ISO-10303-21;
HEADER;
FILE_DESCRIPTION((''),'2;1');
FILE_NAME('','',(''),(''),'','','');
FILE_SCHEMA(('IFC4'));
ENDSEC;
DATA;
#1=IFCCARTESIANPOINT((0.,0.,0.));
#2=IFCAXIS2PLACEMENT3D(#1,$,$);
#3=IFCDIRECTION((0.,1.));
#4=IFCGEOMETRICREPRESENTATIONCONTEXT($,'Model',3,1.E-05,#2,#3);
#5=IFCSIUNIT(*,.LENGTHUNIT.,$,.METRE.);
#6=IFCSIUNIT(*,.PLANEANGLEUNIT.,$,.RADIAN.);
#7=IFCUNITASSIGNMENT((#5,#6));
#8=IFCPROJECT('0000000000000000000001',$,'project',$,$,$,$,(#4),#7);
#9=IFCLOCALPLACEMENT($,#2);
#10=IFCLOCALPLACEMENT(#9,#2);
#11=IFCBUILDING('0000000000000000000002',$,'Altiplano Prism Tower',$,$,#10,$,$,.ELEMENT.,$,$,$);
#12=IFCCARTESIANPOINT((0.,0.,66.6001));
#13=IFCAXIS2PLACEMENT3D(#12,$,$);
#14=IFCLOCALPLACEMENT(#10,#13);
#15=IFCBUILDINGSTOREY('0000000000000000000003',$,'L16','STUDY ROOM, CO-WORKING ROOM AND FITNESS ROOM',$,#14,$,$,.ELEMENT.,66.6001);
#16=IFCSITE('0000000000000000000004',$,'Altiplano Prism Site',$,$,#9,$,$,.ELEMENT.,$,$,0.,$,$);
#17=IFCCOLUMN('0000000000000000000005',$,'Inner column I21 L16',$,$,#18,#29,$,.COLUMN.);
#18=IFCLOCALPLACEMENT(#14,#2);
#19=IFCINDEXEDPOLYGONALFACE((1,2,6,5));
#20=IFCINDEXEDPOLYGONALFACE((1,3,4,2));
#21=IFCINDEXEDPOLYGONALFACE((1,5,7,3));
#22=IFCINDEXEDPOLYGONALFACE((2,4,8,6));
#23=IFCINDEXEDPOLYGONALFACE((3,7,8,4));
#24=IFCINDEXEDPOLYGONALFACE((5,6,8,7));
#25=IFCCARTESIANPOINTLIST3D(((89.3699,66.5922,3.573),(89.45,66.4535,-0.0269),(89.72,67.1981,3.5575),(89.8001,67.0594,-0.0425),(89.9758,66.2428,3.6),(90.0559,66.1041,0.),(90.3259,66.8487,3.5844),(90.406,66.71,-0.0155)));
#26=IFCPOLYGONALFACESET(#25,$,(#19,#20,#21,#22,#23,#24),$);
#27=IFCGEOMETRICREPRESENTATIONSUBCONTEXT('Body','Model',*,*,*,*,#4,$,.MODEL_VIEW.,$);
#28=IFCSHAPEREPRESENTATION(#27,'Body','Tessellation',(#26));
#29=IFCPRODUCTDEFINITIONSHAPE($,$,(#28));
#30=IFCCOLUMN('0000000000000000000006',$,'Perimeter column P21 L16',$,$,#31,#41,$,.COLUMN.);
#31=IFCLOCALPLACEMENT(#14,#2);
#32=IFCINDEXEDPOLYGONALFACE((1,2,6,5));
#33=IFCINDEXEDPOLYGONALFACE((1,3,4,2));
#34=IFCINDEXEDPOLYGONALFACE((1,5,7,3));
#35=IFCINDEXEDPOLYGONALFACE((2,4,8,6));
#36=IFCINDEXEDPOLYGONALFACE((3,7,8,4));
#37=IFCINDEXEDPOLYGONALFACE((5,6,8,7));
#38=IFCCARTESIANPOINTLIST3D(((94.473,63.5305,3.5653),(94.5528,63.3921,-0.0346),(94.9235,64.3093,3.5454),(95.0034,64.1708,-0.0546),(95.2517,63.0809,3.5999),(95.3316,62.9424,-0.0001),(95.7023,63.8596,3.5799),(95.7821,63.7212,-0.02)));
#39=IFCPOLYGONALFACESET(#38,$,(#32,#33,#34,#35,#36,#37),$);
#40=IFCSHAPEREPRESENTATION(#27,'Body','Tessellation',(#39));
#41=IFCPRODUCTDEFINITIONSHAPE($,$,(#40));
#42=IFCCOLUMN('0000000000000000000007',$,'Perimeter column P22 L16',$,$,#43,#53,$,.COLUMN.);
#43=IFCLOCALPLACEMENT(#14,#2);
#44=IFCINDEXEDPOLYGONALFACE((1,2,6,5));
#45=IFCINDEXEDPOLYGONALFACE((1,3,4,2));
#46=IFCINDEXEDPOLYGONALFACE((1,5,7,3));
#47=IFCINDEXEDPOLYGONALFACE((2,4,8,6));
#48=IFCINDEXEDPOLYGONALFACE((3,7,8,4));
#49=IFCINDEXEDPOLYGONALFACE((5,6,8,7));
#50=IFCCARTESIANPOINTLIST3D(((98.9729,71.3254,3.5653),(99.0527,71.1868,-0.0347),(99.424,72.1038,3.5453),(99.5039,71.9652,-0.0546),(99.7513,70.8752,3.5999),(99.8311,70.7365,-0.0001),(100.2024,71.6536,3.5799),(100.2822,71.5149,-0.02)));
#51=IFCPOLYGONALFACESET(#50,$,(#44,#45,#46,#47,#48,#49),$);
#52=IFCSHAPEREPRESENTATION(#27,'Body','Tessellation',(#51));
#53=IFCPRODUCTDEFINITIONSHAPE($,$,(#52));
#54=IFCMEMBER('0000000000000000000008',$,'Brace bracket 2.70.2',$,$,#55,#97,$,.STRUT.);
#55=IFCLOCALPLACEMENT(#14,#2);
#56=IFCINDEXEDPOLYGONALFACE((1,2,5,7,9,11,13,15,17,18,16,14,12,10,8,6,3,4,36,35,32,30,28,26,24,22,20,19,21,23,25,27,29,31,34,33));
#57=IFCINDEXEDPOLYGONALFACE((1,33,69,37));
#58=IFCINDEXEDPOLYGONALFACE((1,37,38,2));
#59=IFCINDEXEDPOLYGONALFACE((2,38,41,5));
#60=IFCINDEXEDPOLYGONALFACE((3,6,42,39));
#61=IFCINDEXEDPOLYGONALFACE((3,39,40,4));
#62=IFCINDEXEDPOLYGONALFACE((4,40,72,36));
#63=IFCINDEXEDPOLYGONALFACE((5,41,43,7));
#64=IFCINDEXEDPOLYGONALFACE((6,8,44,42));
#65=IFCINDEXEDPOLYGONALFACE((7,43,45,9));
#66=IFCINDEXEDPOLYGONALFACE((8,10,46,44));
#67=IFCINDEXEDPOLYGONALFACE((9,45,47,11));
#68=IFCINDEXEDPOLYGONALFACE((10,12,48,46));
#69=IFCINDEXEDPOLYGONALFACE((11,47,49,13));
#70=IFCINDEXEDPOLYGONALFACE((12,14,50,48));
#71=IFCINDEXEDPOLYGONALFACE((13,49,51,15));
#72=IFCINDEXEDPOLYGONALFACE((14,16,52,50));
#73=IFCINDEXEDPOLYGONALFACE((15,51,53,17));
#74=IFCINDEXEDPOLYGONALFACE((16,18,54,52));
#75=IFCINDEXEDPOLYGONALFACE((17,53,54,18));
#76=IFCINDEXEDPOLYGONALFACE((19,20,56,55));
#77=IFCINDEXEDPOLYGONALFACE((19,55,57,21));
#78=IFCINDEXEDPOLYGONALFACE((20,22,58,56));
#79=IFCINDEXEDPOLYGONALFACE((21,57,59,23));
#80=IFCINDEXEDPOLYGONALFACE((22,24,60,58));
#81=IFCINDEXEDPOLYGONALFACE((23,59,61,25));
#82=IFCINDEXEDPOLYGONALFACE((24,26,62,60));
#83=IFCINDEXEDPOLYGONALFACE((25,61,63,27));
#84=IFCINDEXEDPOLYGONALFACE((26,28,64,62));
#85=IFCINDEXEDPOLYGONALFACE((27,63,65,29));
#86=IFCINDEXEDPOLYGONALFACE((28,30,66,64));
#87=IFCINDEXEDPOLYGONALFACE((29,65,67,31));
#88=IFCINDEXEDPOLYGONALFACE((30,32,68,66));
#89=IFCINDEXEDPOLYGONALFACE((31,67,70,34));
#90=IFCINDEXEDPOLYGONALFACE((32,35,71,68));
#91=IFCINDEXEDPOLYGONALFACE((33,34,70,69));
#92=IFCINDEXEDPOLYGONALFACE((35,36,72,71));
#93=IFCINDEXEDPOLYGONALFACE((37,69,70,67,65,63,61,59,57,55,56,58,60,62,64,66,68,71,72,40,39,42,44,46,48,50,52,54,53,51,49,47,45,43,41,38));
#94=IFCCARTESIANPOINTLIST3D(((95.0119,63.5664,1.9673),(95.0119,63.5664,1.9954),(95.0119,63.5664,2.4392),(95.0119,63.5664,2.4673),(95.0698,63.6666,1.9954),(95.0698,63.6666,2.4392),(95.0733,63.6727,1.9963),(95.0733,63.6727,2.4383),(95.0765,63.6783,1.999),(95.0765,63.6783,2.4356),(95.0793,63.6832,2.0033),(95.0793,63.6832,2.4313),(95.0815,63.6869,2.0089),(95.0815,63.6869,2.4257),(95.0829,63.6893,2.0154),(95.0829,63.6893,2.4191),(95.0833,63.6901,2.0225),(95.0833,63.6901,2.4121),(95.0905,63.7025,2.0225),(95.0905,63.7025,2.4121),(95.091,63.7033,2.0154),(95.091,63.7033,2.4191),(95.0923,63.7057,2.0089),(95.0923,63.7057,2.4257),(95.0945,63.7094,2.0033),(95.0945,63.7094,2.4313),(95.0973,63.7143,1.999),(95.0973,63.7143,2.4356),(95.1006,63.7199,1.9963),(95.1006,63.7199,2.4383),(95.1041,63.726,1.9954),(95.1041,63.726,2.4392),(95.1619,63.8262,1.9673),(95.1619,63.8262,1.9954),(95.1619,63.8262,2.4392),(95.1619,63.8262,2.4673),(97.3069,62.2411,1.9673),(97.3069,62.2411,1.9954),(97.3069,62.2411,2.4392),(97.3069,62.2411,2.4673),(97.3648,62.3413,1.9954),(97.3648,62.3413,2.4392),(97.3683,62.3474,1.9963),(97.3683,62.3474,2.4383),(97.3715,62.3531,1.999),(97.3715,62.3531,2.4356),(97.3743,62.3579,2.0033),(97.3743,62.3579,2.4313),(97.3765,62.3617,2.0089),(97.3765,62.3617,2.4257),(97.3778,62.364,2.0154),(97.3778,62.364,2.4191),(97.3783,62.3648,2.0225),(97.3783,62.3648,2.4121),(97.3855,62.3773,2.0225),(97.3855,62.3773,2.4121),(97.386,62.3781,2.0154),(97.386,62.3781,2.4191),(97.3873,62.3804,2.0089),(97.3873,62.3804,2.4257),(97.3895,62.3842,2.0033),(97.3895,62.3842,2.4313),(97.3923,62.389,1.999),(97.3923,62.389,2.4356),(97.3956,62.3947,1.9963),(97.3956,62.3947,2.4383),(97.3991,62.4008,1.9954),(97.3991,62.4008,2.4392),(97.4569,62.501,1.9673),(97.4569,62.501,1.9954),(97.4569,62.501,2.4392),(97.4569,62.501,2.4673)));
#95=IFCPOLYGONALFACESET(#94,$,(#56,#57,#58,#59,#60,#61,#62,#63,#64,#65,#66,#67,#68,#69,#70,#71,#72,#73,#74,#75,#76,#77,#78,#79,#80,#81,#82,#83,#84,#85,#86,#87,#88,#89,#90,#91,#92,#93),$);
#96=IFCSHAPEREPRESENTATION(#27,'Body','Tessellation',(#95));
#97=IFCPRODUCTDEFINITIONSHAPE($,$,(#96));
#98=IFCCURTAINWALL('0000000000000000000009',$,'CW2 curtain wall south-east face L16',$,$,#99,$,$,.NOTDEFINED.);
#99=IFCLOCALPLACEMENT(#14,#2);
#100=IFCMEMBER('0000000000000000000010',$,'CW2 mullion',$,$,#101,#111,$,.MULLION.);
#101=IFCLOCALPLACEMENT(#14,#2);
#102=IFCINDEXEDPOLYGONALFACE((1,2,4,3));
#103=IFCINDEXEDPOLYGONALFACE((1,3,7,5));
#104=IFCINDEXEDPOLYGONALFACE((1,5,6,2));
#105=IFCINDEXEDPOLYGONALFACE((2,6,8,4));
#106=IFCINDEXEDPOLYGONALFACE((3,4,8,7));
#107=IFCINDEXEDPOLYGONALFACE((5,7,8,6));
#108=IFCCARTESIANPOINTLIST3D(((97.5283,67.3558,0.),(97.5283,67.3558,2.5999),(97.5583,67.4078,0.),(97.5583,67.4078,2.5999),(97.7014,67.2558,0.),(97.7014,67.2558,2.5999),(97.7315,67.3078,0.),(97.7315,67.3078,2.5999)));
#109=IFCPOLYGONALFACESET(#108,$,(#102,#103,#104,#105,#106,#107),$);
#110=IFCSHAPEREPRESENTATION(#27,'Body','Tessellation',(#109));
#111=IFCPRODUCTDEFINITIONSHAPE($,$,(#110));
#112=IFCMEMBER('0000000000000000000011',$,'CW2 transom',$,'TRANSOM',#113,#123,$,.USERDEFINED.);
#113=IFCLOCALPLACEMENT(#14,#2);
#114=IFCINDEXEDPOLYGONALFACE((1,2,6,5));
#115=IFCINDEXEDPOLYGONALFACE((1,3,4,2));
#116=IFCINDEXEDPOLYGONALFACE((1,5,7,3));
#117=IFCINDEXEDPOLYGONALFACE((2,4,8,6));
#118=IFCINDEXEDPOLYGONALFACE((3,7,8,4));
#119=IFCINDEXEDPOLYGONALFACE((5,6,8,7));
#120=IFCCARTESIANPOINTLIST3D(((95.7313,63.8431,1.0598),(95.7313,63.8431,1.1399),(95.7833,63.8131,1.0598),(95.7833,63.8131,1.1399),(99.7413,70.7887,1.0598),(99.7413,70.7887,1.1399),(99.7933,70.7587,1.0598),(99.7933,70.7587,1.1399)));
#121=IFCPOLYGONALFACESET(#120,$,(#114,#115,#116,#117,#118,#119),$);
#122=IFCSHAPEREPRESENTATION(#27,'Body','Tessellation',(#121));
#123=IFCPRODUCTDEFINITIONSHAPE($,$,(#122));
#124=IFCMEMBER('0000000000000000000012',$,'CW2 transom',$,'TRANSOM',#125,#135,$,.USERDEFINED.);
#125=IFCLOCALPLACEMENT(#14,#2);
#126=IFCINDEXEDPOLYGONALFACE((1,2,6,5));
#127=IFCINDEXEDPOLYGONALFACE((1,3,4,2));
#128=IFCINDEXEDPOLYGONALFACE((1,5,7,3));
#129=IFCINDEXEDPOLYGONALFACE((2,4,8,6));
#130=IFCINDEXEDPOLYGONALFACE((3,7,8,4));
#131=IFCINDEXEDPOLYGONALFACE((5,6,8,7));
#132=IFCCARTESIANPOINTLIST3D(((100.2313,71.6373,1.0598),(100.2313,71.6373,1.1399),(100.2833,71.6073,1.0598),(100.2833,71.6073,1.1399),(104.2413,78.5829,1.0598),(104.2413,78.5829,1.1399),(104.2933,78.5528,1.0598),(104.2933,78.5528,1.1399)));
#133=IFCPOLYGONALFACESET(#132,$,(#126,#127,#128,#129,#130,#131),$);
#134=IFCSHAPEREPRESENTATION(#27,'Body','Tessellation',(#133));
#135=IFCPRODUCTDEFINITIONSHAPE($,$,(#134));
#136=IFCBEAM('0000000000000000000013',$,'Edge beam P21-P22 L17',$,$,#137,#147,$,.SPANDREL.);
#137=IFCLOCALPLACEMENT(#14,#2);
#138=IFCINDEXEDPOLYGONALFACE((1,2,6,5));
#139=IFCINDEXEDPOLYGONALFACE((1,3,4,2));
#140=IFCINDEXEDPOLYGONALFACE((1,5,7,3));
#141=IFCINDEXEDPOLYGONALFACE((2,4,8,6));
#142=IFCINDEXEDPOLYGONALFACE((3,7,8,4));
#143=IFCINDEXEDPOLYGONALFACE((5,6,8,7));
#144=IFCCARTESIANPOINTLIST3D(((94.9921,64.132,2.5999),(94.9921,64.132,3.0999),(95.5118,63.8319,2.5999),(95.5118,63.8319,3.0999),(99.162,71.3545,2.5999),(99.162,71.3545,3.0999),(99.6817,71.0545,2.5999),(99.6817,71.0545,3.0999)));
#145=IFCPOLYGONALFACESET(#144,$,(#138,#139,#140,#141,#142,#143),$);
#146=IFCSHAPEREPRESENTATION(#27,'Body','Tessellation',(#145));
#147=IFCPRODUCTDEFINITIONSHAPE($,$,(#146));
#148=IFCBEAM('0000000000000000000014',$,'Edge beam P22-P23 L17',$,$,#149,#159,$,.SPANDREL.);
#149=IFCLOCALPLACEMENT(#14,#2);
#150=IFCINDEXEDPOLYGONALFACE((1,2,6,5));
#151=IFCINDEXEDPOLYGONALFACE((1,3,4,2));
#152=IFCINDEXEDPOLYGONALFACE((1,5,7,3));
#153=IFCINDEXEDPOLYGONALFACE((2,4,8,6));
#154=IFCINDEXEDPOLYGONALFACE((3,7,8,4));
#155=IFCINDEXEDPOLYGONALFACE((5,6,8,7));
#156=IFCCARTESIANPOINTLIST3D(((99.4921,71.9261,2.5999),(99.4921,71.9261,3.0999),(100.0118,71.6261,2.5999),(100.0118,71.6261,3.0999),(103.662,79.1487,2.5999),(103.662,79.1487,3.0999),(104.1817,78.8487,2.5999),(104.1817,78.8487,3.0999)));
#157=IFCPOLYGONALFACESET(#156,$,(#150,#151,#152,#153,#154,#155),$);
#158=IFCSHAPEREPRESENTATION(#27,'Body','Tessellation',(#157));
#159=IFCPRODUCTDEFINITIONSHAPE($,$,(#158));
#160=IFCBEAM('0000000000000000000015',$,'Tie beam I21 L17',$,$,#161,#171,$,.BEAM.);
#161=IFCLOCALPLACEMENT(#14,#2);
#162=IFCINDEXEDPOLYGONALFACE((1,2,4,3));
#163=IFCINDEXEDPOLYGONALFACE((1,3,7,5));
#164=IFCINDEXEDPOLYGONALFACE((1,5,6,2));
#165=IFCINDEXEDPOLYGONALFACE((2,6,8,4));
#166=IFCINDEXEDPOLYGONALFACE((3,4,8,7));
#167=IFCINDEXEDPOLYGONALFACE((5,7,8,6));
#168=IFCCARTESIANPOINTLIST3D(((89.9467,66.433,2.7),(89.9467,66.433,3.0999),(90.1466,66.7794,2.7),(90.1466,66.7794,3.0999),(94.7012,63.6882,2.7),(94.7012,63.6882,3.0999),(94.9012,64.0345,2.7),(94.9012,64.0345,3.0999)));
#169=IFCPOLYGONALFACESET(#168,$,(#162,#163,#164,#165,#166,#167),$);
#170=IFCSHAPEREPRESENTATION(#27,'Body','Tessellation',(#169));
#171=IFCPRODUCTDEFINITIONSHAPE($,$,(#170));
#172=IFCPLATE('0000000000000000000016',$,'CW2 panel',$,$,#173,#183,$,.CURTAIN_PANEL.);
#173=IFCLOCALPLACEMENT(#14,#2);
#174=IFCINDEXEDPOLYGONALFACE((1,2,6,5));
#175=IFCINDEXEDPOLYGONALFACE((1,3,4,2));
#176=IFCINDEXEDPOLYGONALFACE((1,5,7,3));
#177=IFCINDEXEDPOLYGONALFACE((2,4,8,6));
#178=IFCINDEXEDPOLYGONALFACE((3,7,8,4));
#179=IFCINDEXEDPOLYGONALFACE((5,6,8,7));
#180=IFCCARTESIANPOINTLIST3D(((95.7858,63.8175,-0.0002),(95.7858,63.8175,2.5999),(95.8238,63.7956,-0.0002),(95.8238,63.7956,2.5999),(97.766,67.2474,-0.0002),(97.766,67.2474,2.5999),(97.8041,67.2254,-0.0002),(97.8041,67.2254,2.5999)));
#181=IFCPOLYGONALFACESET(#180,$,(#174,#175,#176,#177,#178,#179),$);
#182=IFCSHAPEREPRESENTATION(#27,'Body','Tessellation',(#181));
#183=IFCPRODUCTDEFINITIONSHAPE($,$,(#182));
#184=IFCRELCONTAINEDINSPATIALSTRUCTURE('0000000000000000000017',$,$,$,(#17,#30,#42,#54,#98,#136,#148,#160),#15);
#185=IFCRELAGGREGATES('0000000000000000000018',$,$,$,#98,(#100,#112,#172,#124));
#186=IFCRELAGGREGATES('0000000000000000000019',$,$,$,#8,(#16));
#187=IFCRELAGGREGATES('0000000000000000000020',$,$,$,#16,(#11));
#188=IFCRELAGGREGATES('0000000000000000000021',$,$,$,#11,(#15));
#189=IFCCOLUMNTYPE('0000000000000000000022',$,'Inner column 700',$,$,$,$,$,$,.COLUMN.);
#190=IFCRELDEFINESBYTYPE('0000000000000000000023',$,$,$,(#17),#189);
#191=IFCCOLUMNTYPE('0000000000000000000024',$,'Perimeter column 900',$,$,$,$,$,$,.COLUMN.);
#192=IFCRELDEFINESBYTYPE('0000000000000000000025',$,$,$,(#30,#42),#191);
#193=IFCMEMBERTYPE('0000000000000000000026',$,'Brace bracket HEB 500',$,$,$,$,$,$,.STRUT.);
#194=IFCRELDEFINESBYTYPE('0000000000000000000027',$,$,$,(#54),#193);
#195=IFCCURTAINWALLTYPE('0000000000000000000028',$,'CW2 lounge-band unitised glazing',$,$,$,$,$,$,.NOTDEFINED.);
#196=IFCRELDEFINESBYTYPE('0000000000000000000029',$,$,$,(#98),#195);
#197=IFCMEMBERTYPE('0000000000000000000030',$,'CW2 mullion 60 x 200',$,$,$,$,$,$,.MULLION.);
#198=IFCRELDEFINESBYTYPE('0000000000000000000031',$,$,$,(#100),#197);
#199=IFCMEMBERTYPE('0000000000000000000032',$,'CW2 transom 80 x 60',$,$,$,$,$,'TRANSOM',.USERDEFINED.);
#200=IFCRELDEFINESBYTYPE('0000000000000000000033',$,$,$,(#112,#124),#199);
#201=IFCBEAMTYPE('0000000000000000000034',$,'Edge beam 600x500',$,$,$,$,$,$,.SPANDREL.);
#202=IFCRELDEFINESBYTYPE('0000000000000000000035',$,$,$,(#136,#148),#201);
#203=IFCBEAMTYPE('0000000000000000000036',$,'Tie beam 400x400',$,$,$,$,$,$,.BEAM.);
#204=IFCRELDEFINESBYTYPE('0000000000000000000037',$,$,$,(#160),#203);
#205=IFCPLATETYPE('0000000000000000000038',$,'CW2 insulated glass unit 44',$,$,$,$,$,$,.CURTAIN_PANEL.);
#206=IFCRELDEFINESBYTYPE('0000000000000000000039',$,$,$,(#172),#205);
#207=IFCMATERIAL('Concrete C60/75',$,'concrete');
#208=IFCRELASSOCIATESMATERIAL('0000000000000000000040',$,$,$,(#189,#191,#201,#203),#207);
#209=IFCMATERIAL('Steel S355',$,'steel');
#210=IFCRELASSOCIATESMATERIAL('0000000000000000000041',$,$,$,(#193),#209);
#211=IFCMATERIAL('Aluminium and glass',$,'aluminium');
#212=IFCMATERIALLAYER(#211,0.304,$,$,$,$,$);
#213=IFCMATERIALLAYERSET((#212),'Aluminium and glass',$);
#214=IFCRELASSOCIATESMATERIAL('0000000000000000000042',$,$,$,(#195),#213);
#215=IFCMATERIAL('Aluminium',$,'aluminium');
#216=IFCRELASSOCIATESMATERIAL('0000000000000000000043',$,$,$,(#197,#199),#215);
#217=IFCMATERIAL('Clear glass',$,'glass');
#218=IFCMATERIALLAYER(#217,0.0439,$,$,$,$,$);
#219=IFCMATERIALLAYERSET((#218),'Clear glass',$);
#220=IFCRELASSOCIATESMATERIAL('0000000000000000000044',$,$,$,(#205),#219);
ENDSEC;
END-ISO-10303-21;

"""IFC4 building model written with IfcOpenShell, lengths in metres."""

from ifc_helpers import new_model, si_unit, direction, frame, origin, origin_2d, place, context, subcontext, project, spatial, rectangle, i_section, extrude, material, layer, layer_set, material_profile, profile_set, type_object, element, aggregate, save


model = new_model("IFC4")

# Units and contexts
model_context = context("Model", 3, precision=1e-05, world=origin(), true_north=direction((0.0, 1.0)))
body_context = subcontext(model_context, "Body", "Model", "MODEL_VIEW")
ifc_project = project(units=[si_unit("LENGTHUNIT", "METRE"), si_unit("PLANEANGLEUNIT", "RADIAN")], contexts=[model_context])

# Site, building, storey
site_placement = place(None, origin())
site = spatial("IfcSite", under=ifc_project, at=site_placement, Name="Altiplano Prism Site", CompositionType="ELEMENT", RefElevation=0.0)
building_placement = place(site_placement, origin())
building = spatial("IfcBuilding", under=site, at=building_placement, Name="Altiplano Prism Tower", CompositionType="ELEMENT")
storey_placement = place(building_placement, frame((0.0, 0.0, 66.6001)))
storey = spatial("IfcBuildingStorey", under=building, at=storey_placement, Name="L16", Description="STUDY ROOM, CO-WORKING ROOM AND FITNESS ROOM", CompositionType="ELEMENT", Elevation=66.6001)

# Columns
ifc_material_1 = material(Name="Concrete C60/75", Category="concrete")
ifc_material_profile_1 = material_profile(ifc_material_1, rectangle(XDim=0.7, YDim=0.7, at=origin_2d()), Name="Inner column 700")
ifc_profile_set_1 = profile_set([ifc_material_profile_1], Name="Concrete C60/75")
column_type_1 = type_object("IfcColumnType", Name="Inner column 700", PredefinedType="COLUMN", material=ifc_profile_set_1)
column_placement = place(storey_placement, frame((89.928, 66.5818, -0.0212), z_axis=(-0.022223, 0.038483, 0.999012), x_axis=(-0.500172, -0.865641, 0.02222)))
element("IfcColumn", 1, at=column_placement, inside=storey, type_object=column_type_1, Name="Inner column I21 L16", PredefinedType="COLUMN", context=body_context, shape_type="SweptSolid", body=[
    extrude(rectangle(XDim=0.7, YDim=0.7, at=origin_2d()), origin(), (0.0, 0.0, 1.0), 3.6035),
])
ifc_material_profile_2 = material_profile(ifc_material_1, rectangle(XDim=0.8999, YDim=0.8999, at=origin_2d()), Name="Perimeter column 900")
ifc_profile_set_2 = profile_set([ifc_material_profile_2], Name="Concrete C60/75")
column_type_2 = type_object("IfcColumnType", Name="Perimeter column 900", PredefinedType="COLUMN", material=ifc_profile_set_2)
for number, where, z_axis, x_axis, name in (
    (2, (95.1675, 63.5566, -0.0273), (-0.022155, 0.038416, 0.999016), (-0.500655, -0.865363, 0.022173), "Perimeter column P21 L16"),
    (3, (99.6675, 71.3508, -0.0273), (-0.022155, 0.038484, 0.999014), (-0.501318, -0.864978, 0.022203), "Perimeter column P22 L16"),
):
    element("IfcColumn", number, at=place(storey_placement, frame(where, z_axis=z_axis, x_axis=x_axis)), inside=storey, type_object=column_type_2, Name=name, PredefinedType="COLUMN", context=body_context, shape_type="SweptSolid", body=[
        extrude(rectangle(XDim=0.8999, YDim=0.8999, at=origin_2d()), origin(), (0.0, 0.0, 1.0), 3.6035),
    ])

# Member
ifc_material_2 = material(Name="Steel S355", Category="steel")
ifc_material_profile_3 = material_profile(ifc_material_2, i_section(OverallWidth=0.3, OverallDepth=0.5, WebThickness=0.0144, FlangeThickness=0.0281, FilletRadius=0.0271, at=origin_2d()), Name="Brace bracket HEB 500")
ifc_profile_set_3 = profile_set([ifc_material_profile_3], Name="Steel S355")
member_type_1 = type_object("IfcMemberType", Name="Brace bracket HEB 500", PredefinedType="STRUT", material=ifc_profile_set_3)
member_1_placement = place(storey_placement, frame((95.0869, 63.6963, 2.2173), z_axis=(0.865989, -0.500063, 0.0), x_axis=(0.500063, 0.865989, 0.0)))
element("IfcMember", 4, at=member_1_placement, inside=storey, type_object=member_type_1, Name="Brace bracket 2.70.2", PredefinedType="STRUT", context=body_context, shape_type="SweptSolid", body=[
    extrude(i_section(OverallWidth=0.3, OverallDepth=0.5, WebThickness=0.0144, FlangeThickness=0.0281, FilletRadius=0.0271, at=origin_2d()), origin(), (0.0, 0.0, 1.0), 2.6501),
])

# Curtain wall, members
ifc_material_3 = material(Name="Aluminium and glass", Category="aluminium")
ifc_layer_1 = layer(ifc_material_3, 0.304)
ifc_layer_set_1 = layer_set([ifc_layer_1], Name="Aluminium and glass")
curtain_wall_type = type_object("IfcCurtainWallType", Name="CW2 lounge-band unitised glazing", PredefinedType="NOTDEFINED", material=ifc_layer_set_1)
curtain_wall_placement = place(storey_placement, origin())
curtain_wall = element("IfcCurtainWall", 5, at=curtain_wall_placement, inside=storey, type_object=curtain_wall_type, Name="CW2 curtain wall south-east face L16", PredefinedType="NOTDEFINED")
ifc_material_4 = material(Name="Aluminium", Category="aluminium")
ifc_material_profile_4 = material_profile(ifc_material_4, rectangle(XDim=0.2, YDim=0.0601, at=origin_2d()), Name="CW2 mullion 60 x 200")
ifc_profile_set_4 = profile_set([ifc_material_profile_4], Name="Aluminium")
member_type_2 = type_object("IfcMemberType", Name="CW2 mullion 60 x 200", PredefinedType="MULLION", material=ifc_profile_set_4)
member_2_placement = place(storey_placement, frame((97.6299, 67.3318, 0.0), z_axis=(0.0, 0.0, 1.0), x_axis=(-0.866025, 0.5, 0.0)))
member_2 = element("IfcMember", 6, at=member_2_placement, type_object=member_type_2, Name="CW2 mullion", PredefinedType="MULLION", context=body_context, shape_type="SweptSolid", body=[
    extrude(rectangle(XDim=0.2, YDim=0.0601, at=origin_2d()), origin(), (0.0, 0.0, 1.0), 2.5999),
])
ifc_material_profile_5 = material_profile(ifc_material_4, rectangle(XDim=0.0601, YDim=0.0801, at=origin_2d()), Name="CW2 transom 80 x 60")
ifc_profile_set_5 = profile_set([ifc_material_profile_5], Name="Aluminium")
member_type_3 = type_object("IfcMemberType", Name="CW2 transom 80 x 60", ElementType="TRANSOM", PredefinedType="USERDEFINED", material=ifc_profile_set_5)
member_3_placement = place(storey_placement, frame((95.7573, 63.8281, 1.0999), z_axis=(0.499999, 0.866026, 0.0), x_axis=(-0.866026, 0.499999, 0.0)))
member_3 = element("IfcMember", 7, at=member_3_placement, type_object=member_type_3, Name="CW2 transom", ObjectType="TRANSOM", PredefinedType="USERDEFINED", context=body_context, shape_type="SweptSolid", body=[
    extrude(rectangle(XDim=0.0601, YDim=0.0801, at=origin_2d()), origin(), (0.0, 0.0, 1.0), 8.02),
])
member_4_placement = place(storey_placement, frame((100.2573, 71.6223, 1.0999), z_axis=(0.499999, 0.866026, 0.0), x_axis=(-0.866026, 0.499999, 0.0)))
member_4 = element("IfcMember", 8, at=member_4_placement, type_object=member_type_3, Name="CW2 transom", ObjectType="TRANSOM", PredefinedType="USERDEFINED", context=body_context, shape_type="SweptSolid", body=[
    extrude(rectangle(XDim=0.0601, YDim=0.0801, at=origin_2d()), origin(), (0.0, 0.0, 1.0), 8.02),
])

# Beams
ifc_material_profile_6 = material_profile(ifc_material_1, rectangle(XDim=0.6001, YDim=0.5, at=origin_2d()), Name="Edge beam 600x500")
ifc_profile_set_6 = profile_set([ifc_material_profile_6], Name="Concrete C60/75")
beam_type_1 = type_object("IfcBeamType", Name="Edge beam 600x500", PredefinedType="SPANDREL", material=ifc_profile_set_6)
for number, where, z_axis, x_axis, name in (
    (9, (95.252, 63.9819, 2.8499), (0.499993, 0.86603, 0.0), (-0.86603, 0.499993, 0.0), "Edge beam P21-P22 L17"),
    (10, (99.752, 71.7761, 2.8499), (0.499993, 0.86603, 0.0), (-0.86603, 0.499993, 0.0), "Edge beam P22-P23 L17"),
):
    element("IfcBeam", number, at=place(storey_placement, frame(where, z_axis=z_axis, x_axis=x_axis)), inside=storey, type_object=beam_type_1, Name=name, PredefinedType="SPANDREL", context=body_context, shape_type="SweptSolid", body=[
        extrude(rectangle(XDim=0.6001, YDim=0.5, at=origin_2d()), origin(), (0.0, 0.0, 1.0), 8.3398),
    ])
ifc_material_profile_7 = material_profile(ifc_material_1, rectangle(XDim=0.3999, YDim=0.3999, at=origin_2d()), Name="Tie beam 400x400")
ifc_profile_set_7 = profile_set([ifc_material_profile_7], Name="Concrete C60/75")
beam_type_2 = type_object("IfcBeamType", Name="Tie beam 400x400", PredefinedType="BEAM", material=ifc_profile_set_7)
beam_placement = place(storey_placement, frame((90.0466, 66.6062, 2.8999), z_axis=(0.866043, -0.49997, 0.0), x_axis=(0.49997, 0.866043, 0.0)))
element("IfcBeam", 11, at=beam_placement, inside=storey, type_object=beam_type_2, Name="Tie beam I21 L17", PredefinedType="BEAM", context=body_context, shape_type="SweptSolid", body=[
    extrude(rectangle(XDim=0.3999, YDim=0.3999, at=origin_2d()), origin(), (0.0, 0.0, 1.0), 5.49),
])

# Plate
ifc_material_5 = material(Name="Clear glass", Category="glass")
ifc_layer_2 = layer(ifc_material_5, 0.0439)
ifc_layer_set_2 = layer_set([ifc_layer_2], Name="Clear glass")
plate_type = type_object("IfcPlateType", Name="CW2 insulated glass unit 44", PredefinedType="CURTAIN_PANEL", material=ifc_layer_set_2)
plate_1_placement = place(storey_placement, frame((96.7949, 65.5215, -0.0002), z_axis=(0.0, 0.0, 1.0), x_axis=(0.5, 0.866025, 0.0)))
plate_1 = element("IfcPlate", 12, at=plate_1_placement, type_object=plate_type, Name="CW2 panel", PredefinedType="CURTAIN_PANEL", context=body_context, shape_type="SweptSolid", body=[
    extrude(rectangle(XDim=3.9604, YDim=0.0439, at=origin_2d()), origin(), (0.0, 0.0, 1.0), 2.6001),
])
aggregate(curtain_wall, [member_2, member_3, plate_1, member_4])

save(model, "model.ifc")
